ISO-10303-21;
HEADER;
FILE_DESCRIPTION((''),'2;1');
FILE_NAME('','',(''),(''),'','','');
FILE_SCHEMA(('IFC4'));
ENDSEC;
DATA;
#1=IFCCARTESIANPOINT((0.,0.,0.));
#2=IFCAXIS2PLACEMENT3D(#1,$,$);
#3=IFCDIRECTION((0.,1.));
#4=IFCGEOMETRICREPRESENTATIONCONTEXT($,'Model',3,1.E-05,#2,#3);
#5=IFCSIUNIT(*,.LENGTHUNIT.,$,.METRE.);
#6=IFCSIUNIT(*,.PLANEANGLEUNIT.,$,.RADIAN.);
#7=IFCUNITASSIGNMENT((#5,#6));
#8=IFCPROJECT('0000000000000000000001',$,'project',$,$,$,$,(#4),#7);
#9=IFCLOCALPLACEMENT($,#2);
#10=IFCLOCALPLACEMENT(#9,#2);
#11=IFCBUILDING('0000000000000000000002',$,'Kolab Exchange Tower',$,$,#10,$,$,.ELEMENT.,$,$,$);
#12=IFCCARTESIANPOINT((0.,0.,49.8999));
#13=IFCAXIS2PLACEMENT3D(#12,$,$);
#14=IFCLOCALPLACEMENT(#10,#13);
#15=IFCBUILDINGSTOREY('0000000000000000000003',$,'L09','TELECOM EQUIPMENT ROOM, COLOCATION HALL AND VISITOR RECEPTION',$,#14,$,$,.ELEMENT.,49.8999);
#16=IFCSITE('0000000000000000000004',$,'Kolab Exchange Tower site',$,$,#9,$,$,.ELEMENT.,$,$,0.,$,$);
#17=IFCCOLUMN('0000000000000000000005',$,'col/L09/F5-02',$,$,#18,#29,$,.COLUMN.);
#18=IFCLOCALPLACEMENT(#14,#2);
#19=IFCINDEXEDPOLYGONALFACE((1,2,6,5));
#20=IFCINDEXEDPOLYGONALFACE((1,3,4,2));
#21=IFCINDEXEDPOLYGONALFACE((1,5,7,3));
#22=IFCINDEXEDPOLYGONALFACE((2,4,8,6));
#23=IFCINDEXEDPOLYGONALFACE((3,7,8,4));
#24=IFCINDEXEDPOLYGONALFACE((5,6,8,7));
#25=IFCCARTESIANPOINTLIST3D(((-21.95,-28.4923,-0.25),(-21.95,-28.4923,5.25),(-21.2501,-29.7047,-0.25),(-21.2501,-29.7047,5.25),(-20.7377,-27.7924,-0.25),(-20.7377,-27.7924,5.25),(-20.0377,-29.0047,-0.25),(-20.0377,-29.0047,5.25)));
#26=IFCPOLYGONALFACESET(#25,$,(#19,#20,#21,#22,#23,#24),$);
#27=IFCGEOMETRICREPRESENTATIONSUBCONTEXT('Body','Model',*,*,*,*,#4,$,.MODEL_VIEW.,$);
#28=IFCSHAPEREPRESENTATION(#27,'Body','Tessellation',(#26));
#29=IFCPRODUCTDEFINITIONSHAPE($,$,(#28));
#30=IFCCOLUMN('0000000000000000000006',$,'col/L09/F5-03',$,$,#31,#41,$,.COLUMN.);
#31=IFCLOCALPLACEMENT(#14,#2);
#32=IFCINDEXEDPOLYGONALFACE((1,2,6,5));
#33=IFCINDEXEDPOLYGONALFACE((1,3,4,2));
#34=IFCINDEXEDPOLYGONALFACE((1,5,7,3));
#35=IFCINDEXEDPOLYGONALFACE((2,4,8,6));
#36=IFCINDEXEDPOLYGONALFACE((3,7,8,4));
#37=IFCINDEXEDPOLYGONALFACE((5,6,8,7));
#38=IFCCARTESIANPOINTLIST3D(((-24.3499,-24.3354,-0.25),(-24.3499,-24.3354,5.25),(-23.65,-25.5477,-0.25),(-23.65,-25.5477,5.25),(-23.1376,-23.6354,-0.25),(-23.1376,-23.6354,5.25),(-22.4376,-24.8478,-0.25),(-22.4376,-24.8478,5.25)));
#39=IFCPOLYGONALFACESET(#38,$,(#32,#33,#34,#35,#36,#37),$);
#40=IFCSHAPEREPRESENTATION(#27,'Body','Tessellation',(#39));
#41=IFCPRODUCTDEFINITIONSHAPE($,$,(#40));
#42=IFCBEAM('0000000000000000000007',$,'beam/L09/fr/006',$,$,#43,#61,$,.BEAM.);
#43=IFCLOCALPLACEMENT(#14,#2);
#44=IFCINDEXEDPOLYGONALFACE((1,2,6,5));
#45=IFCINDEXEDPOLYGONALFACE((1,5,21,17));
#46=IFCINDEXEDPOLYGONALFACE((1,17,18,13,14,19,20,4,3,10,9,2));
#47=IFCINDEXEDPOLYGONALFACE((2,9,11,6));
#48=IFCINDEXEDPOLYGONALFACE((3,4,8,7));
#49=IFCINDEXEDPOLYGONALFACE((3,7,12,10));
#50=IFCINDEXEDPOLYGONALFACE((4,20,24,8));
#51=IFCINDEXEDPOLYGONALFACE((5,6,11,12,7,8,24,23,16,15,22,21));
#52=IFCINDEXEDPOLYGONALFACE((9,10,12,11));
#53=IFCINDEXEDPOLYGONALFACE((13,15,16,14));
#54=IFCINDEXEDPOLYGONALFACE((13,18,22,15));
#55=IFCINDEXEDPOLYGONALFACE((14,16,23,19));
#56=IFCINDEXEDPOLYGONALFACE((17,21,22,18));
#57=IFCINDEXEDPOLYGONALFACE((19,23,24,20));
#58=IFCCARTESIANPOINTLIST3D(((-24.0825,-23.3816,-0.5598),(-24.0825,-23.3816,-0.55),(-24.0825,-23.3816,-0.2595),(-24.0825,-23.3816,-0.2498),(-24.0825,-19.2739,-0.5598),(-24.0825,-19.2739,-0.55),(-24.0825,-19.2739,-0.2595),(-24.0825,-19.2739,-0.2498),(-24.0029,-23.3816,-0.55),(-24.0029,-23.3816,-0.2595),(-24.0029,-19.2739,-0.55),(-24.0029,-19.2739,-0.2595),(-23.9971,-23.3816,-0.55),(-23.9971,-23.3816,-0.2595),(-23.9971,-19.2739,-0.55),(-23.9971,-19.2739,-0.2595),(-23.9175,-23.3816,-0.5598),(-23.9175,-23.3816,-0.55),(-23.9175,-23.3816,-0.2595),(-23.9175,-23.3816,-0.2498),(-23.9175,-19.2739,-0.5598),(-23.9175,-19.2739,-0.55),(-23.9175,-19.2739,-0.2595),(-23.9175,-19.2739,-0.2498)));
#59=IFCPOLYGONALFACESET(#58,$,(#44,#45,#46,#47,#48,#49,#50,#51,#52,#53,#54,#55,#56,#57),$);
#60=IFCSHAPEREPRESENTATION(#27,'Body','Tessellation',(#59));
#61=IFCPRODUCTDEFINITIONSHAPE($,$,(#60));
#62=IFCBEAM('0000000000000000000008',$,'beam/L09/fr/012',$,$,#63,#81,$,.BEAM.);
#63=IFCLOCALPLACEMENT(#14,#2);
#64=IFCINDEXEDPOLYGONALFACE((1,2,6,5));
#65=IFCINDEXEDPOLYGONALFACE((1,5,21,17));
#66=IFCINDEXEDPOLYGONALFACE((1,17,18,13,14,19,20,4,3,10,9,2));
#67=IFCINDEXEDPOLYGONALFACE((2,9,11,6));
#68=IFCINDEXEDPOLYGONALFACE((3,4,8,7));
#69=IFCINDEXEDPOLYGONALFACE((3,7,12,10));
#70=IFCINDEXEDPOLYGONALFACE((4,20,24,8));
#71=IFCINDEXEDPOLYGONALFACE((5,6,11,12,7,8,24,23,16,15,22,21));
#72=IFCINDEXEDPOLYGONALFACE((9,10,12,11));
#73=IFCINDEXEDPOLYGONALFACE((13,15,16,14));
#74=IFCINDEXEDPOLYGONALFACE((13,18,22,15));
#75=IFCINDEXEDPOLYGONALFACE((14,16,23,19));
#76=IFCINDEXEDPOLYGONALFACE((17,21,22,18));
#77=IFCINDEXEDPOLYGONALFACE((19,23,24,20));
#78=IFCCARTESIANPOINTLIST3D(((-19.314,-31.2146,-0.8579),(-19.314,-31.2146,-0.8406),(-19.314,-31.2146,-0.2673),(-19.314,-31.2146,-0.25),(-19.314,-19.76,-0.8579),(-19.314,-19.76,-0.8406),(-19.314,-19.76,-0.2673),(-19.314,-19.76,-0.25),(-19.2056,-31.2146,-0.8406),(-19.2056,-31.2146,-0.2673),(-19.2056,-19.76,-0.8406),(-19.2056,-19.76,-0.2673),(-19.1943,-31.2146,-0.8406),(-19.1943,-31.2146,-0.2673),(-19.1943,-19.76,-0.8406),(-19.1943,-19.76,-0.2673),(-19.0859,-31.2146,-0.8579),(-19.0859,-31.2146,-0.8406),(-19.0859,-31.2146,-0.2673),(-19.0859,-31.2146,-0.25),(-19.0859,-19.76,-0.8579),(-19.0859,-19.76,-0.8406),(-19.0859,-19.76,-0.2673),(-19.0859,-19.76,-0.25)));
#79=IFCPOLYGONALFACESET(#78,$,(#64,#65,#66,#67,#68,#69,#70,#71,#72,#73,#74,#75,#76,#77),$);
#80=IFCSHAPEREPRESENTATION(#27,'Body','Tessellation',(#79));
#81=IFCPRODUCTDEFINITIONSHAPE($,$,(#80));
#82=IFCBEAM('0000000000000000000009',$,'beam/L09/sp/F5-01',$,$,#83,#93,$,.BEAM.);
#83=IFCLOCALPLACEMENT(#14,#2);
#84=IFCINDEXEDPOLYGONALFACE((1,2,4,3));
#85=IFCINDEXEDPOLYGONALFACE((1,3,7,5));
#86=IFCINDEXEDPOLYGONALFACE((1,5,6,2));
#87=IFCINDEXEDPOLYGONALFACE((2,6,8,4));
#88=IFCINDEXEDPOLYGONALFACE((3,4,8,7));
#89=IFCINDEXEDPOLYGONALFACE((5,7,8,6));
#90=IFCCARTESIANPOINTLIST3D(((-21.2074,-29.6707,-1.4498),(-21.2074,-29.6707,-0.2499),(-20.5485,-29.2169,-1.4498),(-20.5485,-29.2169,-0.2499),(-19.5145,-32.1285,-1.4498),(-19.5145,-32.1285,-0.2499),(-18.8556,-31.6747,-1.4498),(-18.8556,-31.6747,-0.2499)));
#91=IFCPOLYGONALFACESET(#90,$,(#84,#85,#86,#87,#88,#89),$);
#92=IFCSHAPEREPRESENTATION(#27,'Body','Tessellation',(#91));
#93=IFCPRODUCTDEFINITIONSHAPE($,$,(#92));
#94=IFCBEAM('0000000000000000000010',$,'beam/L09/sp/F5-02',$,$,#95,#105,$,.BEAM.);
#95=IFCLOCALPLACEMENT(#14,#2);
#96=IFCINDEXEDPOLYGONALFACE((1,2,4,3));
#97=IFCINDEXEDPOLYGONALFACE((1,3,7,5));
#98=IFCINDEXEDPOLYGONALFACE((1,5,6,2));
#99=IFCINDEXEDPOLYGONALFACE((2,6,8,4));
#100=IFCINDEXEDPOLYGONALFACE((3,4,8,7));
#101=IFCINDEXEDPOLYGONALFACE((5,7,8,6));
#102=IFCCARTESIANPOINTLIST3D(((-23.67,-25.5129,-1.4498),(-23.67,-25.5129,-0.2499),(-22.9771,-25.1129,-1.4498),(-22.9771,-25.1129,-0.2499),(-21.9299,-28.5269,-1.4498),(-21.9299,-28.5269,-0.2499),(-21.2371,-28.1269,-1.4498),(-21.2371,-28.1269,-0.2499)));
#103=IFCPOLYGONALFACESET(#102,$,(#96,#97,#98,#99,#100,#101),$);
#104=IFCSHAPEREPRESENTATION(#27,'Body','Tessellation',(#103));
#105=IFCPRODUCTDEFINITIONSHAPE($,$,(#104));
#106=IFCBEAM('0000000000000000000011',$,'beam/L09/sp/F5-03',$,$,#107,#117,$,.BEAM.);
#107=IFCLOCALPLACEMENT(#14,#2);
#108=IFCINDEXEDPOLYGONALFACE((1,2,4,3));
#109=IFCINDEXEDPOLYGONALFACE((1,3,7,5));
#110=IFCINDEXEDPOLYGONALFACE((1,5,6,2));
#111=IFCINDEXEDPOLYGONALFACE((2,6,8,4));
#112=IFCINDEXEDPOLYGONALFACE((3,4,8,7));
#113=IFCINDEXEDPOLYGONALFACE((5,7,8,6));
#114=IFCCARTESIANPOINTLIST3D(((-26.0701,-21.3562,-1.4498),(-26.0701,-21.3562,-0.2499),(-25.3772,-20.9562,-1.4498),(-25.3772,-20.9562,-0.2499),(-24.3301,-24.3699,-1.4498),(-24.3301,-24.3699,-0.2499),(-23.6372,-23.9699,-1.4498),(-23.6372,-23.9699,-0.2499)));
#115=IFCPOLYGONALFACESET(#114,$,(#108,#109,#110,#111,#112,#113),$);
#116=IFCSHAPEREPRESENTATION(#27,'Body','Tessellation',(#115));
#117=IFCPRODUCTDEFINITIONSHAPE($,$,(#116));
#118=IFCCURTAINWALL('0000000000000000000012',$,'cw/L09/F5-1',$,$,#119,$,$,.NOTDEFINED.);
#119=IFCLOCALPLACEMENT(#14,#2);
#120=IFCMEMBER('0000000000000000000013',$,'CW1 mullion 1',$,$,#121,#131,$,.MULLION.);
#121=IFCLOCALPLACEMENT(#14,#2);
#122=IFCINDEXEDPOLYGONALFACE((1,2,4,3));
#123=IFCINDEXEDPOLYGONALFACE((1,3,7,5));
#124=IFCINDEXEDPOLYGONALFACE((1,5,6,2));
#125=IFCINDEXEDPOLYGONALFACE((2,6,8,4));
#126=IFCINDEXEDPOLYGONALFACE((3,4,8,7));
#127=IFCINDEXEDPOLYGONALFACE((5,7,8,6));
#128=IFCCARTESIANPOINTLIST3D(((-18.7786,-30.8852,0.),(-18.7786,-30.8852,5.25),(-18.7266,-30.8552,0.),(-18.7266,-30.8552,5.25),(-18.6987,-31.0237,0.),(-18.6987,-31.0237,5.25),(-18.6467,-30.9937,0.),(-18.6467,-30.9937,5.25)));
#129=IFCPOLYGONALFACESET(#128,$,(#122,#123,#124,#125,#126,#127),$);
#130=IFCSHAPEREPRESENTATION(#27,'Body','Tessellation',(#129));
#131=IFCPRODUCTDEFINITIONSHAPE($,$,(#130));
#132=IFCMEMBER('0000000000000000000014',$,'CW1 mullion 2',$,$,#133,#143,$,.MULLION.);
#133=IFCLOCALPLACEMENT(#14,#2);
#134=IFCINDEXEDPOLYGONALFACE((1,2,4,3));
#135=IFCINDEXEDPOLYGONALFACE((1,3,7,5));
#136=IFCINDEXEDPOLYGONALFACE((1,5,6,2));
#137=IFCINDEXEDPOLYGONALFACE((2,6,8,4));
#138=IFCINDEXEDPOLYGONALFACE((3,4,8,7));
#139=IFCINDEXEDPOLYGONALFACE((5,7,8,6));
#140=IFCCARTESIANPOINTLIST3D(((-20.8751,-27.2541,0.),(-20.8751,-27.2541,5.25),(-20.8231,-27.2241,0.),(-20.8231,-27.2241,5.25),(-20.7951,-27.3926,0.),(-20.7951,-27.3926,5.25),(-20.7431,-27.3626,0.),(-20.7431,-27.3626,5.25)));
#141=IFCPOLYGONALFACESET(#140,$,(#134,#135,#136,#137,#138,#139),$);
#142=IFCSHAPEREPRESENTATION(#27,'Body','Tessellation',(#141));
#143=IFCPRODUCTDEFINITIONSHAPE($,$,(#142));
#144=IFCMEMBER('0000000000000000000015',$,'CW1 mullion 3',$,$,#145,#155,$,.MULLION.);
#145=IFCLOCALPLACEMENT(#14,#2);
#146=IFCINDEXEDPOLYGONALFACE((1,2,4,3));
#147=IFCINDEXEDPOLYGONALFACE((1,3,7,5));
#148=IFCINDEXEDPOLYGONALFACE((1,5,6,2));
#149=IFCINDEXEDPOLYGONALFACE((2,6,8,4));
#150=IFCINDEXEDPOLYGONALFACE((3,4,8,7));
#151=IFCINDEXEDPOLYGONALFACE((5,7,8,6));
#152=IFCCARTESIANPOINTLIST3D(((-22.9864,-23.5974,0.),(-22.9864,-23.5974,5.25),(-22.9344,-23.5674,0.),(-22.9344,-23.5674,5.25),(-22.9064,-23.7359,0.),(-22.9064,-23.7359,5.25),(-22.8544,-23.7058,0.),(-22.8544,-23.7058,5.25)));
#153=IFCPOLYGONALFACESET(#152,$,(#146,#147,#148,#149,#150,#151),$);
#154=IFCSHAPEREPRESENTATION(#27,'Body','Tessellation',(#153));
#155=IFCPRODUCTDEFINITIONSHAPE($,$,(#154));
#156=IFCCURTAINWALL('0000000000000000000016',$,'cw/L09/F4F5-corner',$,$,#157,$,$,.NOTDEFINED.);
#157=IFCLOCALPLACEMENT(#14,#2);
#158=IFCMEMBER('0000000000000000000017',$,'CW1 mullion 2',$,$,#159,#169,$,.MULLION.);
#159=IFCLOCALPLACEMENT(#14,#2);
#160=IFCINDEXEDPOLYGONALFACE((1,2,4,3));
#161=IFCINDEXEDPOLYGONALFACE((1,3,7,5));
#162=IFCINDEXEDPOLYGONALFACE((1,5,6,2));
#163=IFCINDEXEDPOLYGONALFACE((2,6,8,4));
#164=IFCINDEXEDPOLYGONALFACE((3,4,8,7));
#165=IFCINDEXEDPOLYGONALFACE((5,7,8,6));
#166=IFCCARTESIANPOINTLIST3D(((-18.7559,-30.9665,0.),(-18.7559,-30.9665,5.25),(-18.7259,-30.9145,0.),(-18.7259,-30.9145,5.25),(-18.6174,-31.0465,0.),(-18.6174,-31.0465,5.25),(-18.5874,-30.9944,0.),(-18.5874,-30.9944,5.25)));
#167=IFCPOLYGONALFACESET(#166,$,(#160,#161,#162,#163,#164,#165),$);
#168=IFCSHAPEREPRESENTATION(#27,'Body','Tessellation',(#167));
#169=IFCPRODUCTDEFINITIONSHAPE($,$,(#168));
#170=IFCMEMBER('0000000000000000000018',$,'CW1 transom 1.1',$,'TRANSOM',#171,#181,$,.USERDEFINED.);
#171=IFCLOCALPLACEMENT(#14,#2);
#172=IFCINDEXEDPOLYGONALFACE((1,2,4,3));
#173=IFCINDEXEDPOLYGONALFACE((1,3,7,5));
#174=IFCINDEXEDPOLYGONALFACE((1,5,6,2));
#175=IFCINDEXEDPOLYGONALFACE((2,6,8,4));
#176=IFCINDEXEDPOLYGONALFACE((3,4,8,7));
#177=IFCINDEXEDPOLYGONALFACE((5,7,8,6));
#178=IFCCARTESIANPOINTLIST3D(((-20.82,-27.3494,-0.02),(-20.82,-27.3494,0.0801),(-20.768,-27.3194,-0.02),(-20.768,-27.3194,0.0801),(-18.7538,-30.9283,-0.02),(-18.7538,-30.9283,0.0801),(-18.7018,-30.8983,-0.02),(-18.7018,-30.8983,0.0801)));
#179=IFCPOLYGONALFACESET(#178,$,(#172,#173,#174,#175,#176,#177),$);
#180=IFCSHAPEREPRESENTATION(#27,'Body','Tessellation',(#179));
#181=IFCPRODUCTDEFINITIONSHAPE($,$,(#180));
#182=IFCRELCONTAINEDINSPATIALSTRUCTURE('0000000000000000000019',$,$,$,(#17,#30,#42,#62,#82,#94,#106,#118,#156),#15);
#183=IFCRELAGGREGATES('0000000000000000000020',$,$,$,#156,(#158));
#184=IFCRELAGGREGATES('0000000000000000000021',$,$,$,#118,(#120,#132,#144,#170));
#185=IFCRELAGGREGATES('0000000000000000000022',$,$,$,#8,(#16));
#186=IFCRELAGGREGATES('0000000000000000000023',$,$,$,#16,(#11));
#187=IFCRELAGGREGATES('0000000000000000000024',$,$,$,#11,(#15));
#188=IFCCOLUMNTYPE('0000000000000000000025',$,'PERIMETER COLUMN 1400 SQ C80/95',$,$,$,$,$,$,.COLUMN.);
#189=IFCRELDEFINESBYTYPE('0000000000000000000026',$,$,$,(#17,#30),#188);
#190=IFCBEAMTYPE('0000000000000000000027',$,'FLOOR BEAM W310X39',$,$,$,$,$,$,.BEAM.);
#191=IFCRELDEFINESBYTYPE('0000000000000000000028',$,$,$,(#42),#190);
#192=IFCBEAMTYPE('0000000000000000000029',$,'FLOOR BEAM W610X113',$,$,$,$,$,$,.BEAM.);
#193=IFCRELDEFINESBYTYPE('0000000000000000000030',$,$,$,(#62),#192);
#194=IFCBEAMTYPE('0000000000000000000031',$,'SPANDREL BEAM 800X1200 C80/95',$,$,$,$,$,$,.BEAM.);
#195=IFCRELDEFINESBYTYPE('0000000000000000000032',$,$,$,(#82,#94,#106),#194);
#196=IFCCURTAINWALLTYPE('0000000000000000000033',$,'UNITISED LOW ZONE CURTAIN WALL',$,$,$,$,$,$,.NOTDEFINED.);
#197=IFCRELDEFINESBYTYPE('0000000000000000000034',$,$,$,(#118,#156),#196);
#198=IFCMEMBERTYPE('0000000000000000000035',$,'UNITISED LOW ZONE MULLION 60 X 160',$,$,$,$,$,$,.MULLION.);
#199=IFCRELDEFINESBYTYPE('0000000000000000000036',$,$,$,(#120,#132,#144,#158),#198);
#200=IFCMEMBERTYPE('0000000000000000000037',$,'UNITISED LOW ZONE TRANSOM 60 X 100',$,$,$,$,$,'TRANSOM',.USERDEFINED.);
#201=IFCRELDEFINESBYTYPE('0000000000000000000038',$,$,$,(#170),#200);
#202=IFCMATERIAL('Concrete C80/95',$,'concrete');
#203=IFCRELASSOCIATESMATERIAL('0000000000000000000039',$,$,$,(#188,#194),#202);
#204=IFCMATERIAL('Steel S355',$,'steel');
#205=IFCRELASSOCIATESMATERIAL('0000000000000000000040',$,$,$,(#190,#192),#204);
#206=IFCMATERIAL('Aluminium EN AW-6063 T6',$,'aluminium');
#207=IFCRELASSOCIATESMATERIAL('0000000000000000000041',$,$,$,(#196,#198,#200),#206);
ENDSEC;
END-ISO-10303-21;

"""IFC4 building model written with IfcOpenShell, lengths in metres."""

from ifc_helpers import new_model, si_unit, direction, frame, origin, origin_2d, place, context, subcontext, project, spatial, rectangle, i_section, extrude, material, material_profile, profile_set, type_object, element, aggregate, save


model = new_model("IFC4")

# Units and contexts
model_context = context("Model", 3, precision=1e-05, world=origin(), true_north=direction((0.0, 1.0)))
body_context = subcontext(model_context, "Body", "Model", "MODEL_VIEW")
ifc_project = project(units=[si_unit("LENGTHUNIT", "METRE"), si_unit("PLANEANGLEUNIT", "RADIAN")], contexts=[model_context])

# Site, building, storey
site_placement = place(None, origin())
site = spatial("IfcSite", under=ifc_project, at=site_placement, Name="Kolab Exchange Tower site", CompositionType="ELEMENT", RefElevation=0.0)
building_placement = place(site_placement, origin())
building = spatial("IfcBuilding", under=site, at=building_placement, Name="Kolab Exchange Tower", CompositionType="ELEMENT")
storey_placement = place(building_placement, frame((0.0, 0.0, 49.8999)))
storey = spatial("IfcBuildingStorey", under=building, at=storey_placement, Name="L09", Description="TELECOM EQUIPMENT ROOM, COLOCATION HALL AND VISITOR RECEPTION", CompositionType="ELEMENT", Elevation=49.8999)

# Columns
ifc_material_1 = material(Name="Concrete C80/95", Category="concrete")
ifc_material_profile_1 = material_profile(ifc_material_1, rectangle(XDim=1.3999, YDim=1.3999, at=origin_2d()), Name="RC1400")
ifc_profile_set_1 = profile_set([ifc_material_profile_1], Name="Concrete C80/95")
column_type = type_object("IfcColumnType", Name="PERIMETER COLUMN 1400 SQ C80/95", PredefinedType="COLUMN", material=ifc_profile_set_1)
for number, where, z_axis, x_axis, name in (
    (1, (-20.9939, -28.7485, -0.25), (0.0, 0.0, 1.0), (0.866025, 0.5, 0.0), "col/L09/F5-02"),
    (2, (-23.3938, -24.5916, -0.25), (0.0, 0.0, 1.0), (0.866025, 0.5, 0.0), "col/L09/F5-03"),
):
    element("IfcColumn", number, at=place(storey_placement, frame(where, z_axis=z_axis, x_axis=x_axis)), inside=storey, type_object=column_type, Name=name, PredefinedType="COLUMN", context=body_context, shape_type="SweptSolid", body=[
        extrude(rectangle(XDim=1.3999, YDim=1.3999, at=origin_2d()), origin(), (0.0, 0.0, 1.0), 5.5),
    ])

# Beams
ifc_material_2 = material(Name="Steel S355", Category="steel")
ifc_material_profile_2 = material_profile(ifc_material_2, i_section(OverallWidth=0.165, OverallDepth=0.3101, WebThickness=0.0059, FlangeThickness=0.0098, at=origin_2d()), Name="W310X39")
ifc_profile_set_2 = profile_set([ifc_material_profile_2], Name="Steel S355")
beam_type_1 = type_object("IfcBeamType", Name="FLOOR BEAM W310X39", PredefinedType="BEAM", material=ifc_profile_set_2)
beam_1_placement = place(storey_placement, frame((-24.0, -23.3816, -0.4048), z_axis=(0.0, 1.0, 0.0), x_axis=(-1.0, 0.0, 0.0)))
element("IfcBeam", 3, at=beam_1_placement, inside=storey, type_object=beam_type_1, Name="beam/L09/fr/006", PredefinedType="BEAM", context=body_context, shape_type="SweptSolid", body=[
    extrude(i_section(OverallWidth=0.165, OverallDepth=0.3101, WebThickness=0.0059, FlangeThickness=0.0098, at=origin_2d()), origin(), (0.0, 0.0, 1.0), 4.1077),
])
ifc_material_profile_3 = material_profile(ifc_material_2, i_section(OverallWidth=0.228, OverallDepth=0.6079, WebThickness=0.0112, FlangeThickness=0.0173, at=origin_2d()), Name="W610X113")
ifc_profile_set_3 = profile_set([ifc_material_profile_3], Name="Steel S355")
beam_type_2 = type_object("IfcBeamType", Name="FLOOR BEAM W610X113", PredefinedType="BEAM", material=ifc_profile_set_3)
beam_2_placement = place(storey_placement, frame((-19.2, -31.2146, -0.554), z_axis=(0.0, 1.0, 0.0), x_axis=(-1.0, 0.0, 0.0)))
element("IfcBeam", 4, at=beam_2_placement, inside=storey, type_object=beam_type_2, Name="beam/L09/fr/012", PredefinedType="BEAM", context=body_context, shape_type="SweptSolid", body=[
    extrude(i_section(OverallWidth=0.228, OverallDepth=0.6079, WebThickness=0.0112, FlangeThickness=0.0173, at=origin_2d()), origin(), (0.0, 0.0, 1.0), 11.4546),
])
ifc_material_profile_4 = material_profile(ifc_material_1, rectangle(XDim=0.8, YDim=1.2, at=origin_2d()), Name="RC800X1200")
ifc_profile_set_4 = profile_set([ifc_material_profile_4], Name="Concrete C80/95")
beam_type_3 = type_object("IfcBeamType", Name="SPANDREL BEAM 800X1200 C80/95", PredefinedType="BEAM", material=ifc_profile_set_4)
beam_3_placement = place(storey_placement, frame((-19.1851, -31.9016, -0.8499), z_axis=(-0.567247, 0.823548, 0.0), x_axis=(-0.823548, -0.567247, 0.0)))
element("IfcBeam", 5, at=beam_3_placement, inside=storey, type_object=beam_type_3, Name="beam/L09/sp/F5-01", PredefinedType="BEAM", context=body_context, shape_type="SweptSolid", body=[
    extrude(rectangle(XDim=0.8, YDim=1.2, at=origin_2d()), origin(), (0.0, 0.0, 1.0), 2.9844),
])
beam_4_placement = place(storey_placement, frame((-21.5835, -28.3269, -0.8499), z_axis=(-0.49998, 0.866037, 0.0), x_axis=(-0.866037, -0.49998, 0.0)))
element("IfcBeam", 6, at=beam_4_placement, inside=storey, type_object=beam_type_3, Name="beam/L09/sp/F5-02", PredefinedType="BEAM", context=body_context, shape_type="SweptSolid", body=[
    extrude(rectangle(XDim=0.8, YDim=1.2, at=origin_2d()), origin(), (0.0, 0.0, 1.0), 3.4802),
])
beam_5_placement = place(storey_placement, frame((-23.9836, -24.1699, -0.8499), z_axis=(-0.50001, 0.86602, 0.0), x_axis=(-0.86602, -0.50001, 0.0)))
element("IfcBeam", 7, at=beam_5_placement, inside=storey, type_object=beam_type_3, Name="beam/L09/sp/F5-03", PredefinedType="BEAM", context=body_context, shape_type="SweptSolid", body=[
    extrude(rectangle(XDim=0.8, YDim=1.2, at=origin_2d()), origin(), (0.0, 0.0, 1.0), 3.48),
])

# Curtain wall, members
ifc_material_3 = material(Name="Aluminium EN AW-6063 T6", Category="aluminium")
curtain_wall_type = type_object("IfcCurtainWallType", Name="UNITISED LOW ZONE CURTAIN WALL", PredefinedType="NOTDEFINED", material=ifc_material_3)
curtain_wall_1_placement = place(storey_placement, origin())
curtain_wall_1 = element("IfcCurtainWall", 8, at=curtain_wall_1_placement, inside=storey, type_object=curtain_wall_type, Name="cw/L09/F5-1", PredefinedType="NOTDEFINED")
ifc_material_profile_5 = material_profile(ifc_material_3, rectangle(XDim=0.0601, YDim=0.1599, at=origin_2d()), Name="RECT 60X160")
ifc_profile_set_5 = profile_set([ifc_material_profile_5], Name="Aluminium EN AW-6063 T6")
member_type_1 = type_object("IfcMemberType", Name="UNITISED LOW ZONE MULLION 60 X 160", PredefinedType="MULLION", material=ifc_profile_set_5)
member_1_placement = place(storey_placement, frame((-18.7126, -30.9395, 0.0), z_axis=(0.0, 0.0, 1.0), x_axis=(-0.866025, -0.5, 0.0)))
member_1 = element("IfcMember", 9, at=member_1_placement, type_object=member_type_1, Name="CW1 mullion 1", PredefinedType="MULLION", context=body_context, shape_type="SweptSolid", body=[
    extrude(rectangle(XDim=0.0601, YDim=0.1599, at=origin_2d()), origin(), (0.0, 0.0, 1.0), 5.25),
])
member_2_placement = place(storey_placement, frame((-20.8091, -27.3083, 0.0), z_axis=(0.0, 0.0, 1.0), x_axis=(-0.866025, -0.5, 0.0)))
member_2 = element("IfcMember", 10, at=member_2_placement, type_object=member_type_1, Name="CW1 mullion 2", PredefinedType="MULLION", context=body_context, shape_type="SweptSolid", body=[
    extrude(rectangle(XDim=0.0601, YDim=0.1599, at=origin_2d()), origin(), (0.0, 0.0, 1.0), 5.25),
])
member_3_placement = place(storey_placement, frame((-22.9204, -23.6516, 0.0), z_axis=(0.0, 0.0, 1.0), x_axis=(-0.866025, -0.5, 0.0)))
member_3 = element("IfcMember", 11, at=member_3_placement, type_object=member_type_1, Name="CW1 mullion 3", PredefinedType="MULLION", context=body_context, shape_type="SweptSolid", body=[
    extrude(rectangle(XDim=0.0601, YDim=0.1599, at=origin_2d()), origin(), (0.0, 0.0, 1.0), 5.25),
])

# Curtain wall, member
curtain_wall_2_placement = place(storey_placement, origin())
curtain_wall_2 = element("IfcCurtainWall", 12, at=curtain_wall_2_placement, inside=storey, type_object=curtain_wall_type, Name="cw/L09/F4F5-corner", PredefinedType="NOTDEFINED")
member_4_placement = place(storey_placement, frame((-18.6716, -30.9805, 0.0), z_axis=(0.0, 0.0, 1.0), x_axis=(-0.5, -0.866025, 0.0)))
member_4 = element("IfcMember", 13, at=member_4_placement, type_object=member_type_1, Name="CW1 mullion 2", PredefinedType="MULLION", context=body_context, shape_type="SweptSolid", body=[
    extrude(rectangle(XDim=0.0601, YDim=0.1599, at=origin_2d()), origin(), (0.0, 0.0, 1.0), 5.25),
])
aggregate(curtain_wall_2, [member_4])

# Member
ifc_material_profile_6 = material_profile(ifc_material_3, rectangle(XDim=0.0601, YDim=0.1001, at=origin_2d()), Name="RECT 60X100")
ifc_profile_set_6 = profile_set([ifc_material_profile_6], Name="Aluminium EN AW-6063 T6")
member_type_2 = type_object("IfcMemberType", Name="UNITISED LOW ZONE TRANSOM 60 X 100", ElementType="TRANSOM", PredefinedType="USERDEFINED", material=ifc_profile_set_6)
member_5_placement = place(storey_placement, frame((-18.7278, -30.9133, 0.03), z_axis=(-0.499983, 0.866035, 0.0), x_axis=(-0.866035, -0.499983, 0.0)))
member_5 = element("IfcMember", 14, at=member_5_placement, type_object=member_type_2, Name="CW1 transom 1.1", ObjectType="TRANSOM", PredefinedType="USERDEFINED", context=body_context, shape_type="SweptSolid", body=[
    extrude(rectangle(XDim=0.0601, YDim=0.1001, at=origin_2d()), origin(), (0.0, 0.0, 1.0), 4.1326),
])

aggregate(curtain_wall_1, [member_1, member_2, member_3, member_5])

save(model, "model.ifc")
